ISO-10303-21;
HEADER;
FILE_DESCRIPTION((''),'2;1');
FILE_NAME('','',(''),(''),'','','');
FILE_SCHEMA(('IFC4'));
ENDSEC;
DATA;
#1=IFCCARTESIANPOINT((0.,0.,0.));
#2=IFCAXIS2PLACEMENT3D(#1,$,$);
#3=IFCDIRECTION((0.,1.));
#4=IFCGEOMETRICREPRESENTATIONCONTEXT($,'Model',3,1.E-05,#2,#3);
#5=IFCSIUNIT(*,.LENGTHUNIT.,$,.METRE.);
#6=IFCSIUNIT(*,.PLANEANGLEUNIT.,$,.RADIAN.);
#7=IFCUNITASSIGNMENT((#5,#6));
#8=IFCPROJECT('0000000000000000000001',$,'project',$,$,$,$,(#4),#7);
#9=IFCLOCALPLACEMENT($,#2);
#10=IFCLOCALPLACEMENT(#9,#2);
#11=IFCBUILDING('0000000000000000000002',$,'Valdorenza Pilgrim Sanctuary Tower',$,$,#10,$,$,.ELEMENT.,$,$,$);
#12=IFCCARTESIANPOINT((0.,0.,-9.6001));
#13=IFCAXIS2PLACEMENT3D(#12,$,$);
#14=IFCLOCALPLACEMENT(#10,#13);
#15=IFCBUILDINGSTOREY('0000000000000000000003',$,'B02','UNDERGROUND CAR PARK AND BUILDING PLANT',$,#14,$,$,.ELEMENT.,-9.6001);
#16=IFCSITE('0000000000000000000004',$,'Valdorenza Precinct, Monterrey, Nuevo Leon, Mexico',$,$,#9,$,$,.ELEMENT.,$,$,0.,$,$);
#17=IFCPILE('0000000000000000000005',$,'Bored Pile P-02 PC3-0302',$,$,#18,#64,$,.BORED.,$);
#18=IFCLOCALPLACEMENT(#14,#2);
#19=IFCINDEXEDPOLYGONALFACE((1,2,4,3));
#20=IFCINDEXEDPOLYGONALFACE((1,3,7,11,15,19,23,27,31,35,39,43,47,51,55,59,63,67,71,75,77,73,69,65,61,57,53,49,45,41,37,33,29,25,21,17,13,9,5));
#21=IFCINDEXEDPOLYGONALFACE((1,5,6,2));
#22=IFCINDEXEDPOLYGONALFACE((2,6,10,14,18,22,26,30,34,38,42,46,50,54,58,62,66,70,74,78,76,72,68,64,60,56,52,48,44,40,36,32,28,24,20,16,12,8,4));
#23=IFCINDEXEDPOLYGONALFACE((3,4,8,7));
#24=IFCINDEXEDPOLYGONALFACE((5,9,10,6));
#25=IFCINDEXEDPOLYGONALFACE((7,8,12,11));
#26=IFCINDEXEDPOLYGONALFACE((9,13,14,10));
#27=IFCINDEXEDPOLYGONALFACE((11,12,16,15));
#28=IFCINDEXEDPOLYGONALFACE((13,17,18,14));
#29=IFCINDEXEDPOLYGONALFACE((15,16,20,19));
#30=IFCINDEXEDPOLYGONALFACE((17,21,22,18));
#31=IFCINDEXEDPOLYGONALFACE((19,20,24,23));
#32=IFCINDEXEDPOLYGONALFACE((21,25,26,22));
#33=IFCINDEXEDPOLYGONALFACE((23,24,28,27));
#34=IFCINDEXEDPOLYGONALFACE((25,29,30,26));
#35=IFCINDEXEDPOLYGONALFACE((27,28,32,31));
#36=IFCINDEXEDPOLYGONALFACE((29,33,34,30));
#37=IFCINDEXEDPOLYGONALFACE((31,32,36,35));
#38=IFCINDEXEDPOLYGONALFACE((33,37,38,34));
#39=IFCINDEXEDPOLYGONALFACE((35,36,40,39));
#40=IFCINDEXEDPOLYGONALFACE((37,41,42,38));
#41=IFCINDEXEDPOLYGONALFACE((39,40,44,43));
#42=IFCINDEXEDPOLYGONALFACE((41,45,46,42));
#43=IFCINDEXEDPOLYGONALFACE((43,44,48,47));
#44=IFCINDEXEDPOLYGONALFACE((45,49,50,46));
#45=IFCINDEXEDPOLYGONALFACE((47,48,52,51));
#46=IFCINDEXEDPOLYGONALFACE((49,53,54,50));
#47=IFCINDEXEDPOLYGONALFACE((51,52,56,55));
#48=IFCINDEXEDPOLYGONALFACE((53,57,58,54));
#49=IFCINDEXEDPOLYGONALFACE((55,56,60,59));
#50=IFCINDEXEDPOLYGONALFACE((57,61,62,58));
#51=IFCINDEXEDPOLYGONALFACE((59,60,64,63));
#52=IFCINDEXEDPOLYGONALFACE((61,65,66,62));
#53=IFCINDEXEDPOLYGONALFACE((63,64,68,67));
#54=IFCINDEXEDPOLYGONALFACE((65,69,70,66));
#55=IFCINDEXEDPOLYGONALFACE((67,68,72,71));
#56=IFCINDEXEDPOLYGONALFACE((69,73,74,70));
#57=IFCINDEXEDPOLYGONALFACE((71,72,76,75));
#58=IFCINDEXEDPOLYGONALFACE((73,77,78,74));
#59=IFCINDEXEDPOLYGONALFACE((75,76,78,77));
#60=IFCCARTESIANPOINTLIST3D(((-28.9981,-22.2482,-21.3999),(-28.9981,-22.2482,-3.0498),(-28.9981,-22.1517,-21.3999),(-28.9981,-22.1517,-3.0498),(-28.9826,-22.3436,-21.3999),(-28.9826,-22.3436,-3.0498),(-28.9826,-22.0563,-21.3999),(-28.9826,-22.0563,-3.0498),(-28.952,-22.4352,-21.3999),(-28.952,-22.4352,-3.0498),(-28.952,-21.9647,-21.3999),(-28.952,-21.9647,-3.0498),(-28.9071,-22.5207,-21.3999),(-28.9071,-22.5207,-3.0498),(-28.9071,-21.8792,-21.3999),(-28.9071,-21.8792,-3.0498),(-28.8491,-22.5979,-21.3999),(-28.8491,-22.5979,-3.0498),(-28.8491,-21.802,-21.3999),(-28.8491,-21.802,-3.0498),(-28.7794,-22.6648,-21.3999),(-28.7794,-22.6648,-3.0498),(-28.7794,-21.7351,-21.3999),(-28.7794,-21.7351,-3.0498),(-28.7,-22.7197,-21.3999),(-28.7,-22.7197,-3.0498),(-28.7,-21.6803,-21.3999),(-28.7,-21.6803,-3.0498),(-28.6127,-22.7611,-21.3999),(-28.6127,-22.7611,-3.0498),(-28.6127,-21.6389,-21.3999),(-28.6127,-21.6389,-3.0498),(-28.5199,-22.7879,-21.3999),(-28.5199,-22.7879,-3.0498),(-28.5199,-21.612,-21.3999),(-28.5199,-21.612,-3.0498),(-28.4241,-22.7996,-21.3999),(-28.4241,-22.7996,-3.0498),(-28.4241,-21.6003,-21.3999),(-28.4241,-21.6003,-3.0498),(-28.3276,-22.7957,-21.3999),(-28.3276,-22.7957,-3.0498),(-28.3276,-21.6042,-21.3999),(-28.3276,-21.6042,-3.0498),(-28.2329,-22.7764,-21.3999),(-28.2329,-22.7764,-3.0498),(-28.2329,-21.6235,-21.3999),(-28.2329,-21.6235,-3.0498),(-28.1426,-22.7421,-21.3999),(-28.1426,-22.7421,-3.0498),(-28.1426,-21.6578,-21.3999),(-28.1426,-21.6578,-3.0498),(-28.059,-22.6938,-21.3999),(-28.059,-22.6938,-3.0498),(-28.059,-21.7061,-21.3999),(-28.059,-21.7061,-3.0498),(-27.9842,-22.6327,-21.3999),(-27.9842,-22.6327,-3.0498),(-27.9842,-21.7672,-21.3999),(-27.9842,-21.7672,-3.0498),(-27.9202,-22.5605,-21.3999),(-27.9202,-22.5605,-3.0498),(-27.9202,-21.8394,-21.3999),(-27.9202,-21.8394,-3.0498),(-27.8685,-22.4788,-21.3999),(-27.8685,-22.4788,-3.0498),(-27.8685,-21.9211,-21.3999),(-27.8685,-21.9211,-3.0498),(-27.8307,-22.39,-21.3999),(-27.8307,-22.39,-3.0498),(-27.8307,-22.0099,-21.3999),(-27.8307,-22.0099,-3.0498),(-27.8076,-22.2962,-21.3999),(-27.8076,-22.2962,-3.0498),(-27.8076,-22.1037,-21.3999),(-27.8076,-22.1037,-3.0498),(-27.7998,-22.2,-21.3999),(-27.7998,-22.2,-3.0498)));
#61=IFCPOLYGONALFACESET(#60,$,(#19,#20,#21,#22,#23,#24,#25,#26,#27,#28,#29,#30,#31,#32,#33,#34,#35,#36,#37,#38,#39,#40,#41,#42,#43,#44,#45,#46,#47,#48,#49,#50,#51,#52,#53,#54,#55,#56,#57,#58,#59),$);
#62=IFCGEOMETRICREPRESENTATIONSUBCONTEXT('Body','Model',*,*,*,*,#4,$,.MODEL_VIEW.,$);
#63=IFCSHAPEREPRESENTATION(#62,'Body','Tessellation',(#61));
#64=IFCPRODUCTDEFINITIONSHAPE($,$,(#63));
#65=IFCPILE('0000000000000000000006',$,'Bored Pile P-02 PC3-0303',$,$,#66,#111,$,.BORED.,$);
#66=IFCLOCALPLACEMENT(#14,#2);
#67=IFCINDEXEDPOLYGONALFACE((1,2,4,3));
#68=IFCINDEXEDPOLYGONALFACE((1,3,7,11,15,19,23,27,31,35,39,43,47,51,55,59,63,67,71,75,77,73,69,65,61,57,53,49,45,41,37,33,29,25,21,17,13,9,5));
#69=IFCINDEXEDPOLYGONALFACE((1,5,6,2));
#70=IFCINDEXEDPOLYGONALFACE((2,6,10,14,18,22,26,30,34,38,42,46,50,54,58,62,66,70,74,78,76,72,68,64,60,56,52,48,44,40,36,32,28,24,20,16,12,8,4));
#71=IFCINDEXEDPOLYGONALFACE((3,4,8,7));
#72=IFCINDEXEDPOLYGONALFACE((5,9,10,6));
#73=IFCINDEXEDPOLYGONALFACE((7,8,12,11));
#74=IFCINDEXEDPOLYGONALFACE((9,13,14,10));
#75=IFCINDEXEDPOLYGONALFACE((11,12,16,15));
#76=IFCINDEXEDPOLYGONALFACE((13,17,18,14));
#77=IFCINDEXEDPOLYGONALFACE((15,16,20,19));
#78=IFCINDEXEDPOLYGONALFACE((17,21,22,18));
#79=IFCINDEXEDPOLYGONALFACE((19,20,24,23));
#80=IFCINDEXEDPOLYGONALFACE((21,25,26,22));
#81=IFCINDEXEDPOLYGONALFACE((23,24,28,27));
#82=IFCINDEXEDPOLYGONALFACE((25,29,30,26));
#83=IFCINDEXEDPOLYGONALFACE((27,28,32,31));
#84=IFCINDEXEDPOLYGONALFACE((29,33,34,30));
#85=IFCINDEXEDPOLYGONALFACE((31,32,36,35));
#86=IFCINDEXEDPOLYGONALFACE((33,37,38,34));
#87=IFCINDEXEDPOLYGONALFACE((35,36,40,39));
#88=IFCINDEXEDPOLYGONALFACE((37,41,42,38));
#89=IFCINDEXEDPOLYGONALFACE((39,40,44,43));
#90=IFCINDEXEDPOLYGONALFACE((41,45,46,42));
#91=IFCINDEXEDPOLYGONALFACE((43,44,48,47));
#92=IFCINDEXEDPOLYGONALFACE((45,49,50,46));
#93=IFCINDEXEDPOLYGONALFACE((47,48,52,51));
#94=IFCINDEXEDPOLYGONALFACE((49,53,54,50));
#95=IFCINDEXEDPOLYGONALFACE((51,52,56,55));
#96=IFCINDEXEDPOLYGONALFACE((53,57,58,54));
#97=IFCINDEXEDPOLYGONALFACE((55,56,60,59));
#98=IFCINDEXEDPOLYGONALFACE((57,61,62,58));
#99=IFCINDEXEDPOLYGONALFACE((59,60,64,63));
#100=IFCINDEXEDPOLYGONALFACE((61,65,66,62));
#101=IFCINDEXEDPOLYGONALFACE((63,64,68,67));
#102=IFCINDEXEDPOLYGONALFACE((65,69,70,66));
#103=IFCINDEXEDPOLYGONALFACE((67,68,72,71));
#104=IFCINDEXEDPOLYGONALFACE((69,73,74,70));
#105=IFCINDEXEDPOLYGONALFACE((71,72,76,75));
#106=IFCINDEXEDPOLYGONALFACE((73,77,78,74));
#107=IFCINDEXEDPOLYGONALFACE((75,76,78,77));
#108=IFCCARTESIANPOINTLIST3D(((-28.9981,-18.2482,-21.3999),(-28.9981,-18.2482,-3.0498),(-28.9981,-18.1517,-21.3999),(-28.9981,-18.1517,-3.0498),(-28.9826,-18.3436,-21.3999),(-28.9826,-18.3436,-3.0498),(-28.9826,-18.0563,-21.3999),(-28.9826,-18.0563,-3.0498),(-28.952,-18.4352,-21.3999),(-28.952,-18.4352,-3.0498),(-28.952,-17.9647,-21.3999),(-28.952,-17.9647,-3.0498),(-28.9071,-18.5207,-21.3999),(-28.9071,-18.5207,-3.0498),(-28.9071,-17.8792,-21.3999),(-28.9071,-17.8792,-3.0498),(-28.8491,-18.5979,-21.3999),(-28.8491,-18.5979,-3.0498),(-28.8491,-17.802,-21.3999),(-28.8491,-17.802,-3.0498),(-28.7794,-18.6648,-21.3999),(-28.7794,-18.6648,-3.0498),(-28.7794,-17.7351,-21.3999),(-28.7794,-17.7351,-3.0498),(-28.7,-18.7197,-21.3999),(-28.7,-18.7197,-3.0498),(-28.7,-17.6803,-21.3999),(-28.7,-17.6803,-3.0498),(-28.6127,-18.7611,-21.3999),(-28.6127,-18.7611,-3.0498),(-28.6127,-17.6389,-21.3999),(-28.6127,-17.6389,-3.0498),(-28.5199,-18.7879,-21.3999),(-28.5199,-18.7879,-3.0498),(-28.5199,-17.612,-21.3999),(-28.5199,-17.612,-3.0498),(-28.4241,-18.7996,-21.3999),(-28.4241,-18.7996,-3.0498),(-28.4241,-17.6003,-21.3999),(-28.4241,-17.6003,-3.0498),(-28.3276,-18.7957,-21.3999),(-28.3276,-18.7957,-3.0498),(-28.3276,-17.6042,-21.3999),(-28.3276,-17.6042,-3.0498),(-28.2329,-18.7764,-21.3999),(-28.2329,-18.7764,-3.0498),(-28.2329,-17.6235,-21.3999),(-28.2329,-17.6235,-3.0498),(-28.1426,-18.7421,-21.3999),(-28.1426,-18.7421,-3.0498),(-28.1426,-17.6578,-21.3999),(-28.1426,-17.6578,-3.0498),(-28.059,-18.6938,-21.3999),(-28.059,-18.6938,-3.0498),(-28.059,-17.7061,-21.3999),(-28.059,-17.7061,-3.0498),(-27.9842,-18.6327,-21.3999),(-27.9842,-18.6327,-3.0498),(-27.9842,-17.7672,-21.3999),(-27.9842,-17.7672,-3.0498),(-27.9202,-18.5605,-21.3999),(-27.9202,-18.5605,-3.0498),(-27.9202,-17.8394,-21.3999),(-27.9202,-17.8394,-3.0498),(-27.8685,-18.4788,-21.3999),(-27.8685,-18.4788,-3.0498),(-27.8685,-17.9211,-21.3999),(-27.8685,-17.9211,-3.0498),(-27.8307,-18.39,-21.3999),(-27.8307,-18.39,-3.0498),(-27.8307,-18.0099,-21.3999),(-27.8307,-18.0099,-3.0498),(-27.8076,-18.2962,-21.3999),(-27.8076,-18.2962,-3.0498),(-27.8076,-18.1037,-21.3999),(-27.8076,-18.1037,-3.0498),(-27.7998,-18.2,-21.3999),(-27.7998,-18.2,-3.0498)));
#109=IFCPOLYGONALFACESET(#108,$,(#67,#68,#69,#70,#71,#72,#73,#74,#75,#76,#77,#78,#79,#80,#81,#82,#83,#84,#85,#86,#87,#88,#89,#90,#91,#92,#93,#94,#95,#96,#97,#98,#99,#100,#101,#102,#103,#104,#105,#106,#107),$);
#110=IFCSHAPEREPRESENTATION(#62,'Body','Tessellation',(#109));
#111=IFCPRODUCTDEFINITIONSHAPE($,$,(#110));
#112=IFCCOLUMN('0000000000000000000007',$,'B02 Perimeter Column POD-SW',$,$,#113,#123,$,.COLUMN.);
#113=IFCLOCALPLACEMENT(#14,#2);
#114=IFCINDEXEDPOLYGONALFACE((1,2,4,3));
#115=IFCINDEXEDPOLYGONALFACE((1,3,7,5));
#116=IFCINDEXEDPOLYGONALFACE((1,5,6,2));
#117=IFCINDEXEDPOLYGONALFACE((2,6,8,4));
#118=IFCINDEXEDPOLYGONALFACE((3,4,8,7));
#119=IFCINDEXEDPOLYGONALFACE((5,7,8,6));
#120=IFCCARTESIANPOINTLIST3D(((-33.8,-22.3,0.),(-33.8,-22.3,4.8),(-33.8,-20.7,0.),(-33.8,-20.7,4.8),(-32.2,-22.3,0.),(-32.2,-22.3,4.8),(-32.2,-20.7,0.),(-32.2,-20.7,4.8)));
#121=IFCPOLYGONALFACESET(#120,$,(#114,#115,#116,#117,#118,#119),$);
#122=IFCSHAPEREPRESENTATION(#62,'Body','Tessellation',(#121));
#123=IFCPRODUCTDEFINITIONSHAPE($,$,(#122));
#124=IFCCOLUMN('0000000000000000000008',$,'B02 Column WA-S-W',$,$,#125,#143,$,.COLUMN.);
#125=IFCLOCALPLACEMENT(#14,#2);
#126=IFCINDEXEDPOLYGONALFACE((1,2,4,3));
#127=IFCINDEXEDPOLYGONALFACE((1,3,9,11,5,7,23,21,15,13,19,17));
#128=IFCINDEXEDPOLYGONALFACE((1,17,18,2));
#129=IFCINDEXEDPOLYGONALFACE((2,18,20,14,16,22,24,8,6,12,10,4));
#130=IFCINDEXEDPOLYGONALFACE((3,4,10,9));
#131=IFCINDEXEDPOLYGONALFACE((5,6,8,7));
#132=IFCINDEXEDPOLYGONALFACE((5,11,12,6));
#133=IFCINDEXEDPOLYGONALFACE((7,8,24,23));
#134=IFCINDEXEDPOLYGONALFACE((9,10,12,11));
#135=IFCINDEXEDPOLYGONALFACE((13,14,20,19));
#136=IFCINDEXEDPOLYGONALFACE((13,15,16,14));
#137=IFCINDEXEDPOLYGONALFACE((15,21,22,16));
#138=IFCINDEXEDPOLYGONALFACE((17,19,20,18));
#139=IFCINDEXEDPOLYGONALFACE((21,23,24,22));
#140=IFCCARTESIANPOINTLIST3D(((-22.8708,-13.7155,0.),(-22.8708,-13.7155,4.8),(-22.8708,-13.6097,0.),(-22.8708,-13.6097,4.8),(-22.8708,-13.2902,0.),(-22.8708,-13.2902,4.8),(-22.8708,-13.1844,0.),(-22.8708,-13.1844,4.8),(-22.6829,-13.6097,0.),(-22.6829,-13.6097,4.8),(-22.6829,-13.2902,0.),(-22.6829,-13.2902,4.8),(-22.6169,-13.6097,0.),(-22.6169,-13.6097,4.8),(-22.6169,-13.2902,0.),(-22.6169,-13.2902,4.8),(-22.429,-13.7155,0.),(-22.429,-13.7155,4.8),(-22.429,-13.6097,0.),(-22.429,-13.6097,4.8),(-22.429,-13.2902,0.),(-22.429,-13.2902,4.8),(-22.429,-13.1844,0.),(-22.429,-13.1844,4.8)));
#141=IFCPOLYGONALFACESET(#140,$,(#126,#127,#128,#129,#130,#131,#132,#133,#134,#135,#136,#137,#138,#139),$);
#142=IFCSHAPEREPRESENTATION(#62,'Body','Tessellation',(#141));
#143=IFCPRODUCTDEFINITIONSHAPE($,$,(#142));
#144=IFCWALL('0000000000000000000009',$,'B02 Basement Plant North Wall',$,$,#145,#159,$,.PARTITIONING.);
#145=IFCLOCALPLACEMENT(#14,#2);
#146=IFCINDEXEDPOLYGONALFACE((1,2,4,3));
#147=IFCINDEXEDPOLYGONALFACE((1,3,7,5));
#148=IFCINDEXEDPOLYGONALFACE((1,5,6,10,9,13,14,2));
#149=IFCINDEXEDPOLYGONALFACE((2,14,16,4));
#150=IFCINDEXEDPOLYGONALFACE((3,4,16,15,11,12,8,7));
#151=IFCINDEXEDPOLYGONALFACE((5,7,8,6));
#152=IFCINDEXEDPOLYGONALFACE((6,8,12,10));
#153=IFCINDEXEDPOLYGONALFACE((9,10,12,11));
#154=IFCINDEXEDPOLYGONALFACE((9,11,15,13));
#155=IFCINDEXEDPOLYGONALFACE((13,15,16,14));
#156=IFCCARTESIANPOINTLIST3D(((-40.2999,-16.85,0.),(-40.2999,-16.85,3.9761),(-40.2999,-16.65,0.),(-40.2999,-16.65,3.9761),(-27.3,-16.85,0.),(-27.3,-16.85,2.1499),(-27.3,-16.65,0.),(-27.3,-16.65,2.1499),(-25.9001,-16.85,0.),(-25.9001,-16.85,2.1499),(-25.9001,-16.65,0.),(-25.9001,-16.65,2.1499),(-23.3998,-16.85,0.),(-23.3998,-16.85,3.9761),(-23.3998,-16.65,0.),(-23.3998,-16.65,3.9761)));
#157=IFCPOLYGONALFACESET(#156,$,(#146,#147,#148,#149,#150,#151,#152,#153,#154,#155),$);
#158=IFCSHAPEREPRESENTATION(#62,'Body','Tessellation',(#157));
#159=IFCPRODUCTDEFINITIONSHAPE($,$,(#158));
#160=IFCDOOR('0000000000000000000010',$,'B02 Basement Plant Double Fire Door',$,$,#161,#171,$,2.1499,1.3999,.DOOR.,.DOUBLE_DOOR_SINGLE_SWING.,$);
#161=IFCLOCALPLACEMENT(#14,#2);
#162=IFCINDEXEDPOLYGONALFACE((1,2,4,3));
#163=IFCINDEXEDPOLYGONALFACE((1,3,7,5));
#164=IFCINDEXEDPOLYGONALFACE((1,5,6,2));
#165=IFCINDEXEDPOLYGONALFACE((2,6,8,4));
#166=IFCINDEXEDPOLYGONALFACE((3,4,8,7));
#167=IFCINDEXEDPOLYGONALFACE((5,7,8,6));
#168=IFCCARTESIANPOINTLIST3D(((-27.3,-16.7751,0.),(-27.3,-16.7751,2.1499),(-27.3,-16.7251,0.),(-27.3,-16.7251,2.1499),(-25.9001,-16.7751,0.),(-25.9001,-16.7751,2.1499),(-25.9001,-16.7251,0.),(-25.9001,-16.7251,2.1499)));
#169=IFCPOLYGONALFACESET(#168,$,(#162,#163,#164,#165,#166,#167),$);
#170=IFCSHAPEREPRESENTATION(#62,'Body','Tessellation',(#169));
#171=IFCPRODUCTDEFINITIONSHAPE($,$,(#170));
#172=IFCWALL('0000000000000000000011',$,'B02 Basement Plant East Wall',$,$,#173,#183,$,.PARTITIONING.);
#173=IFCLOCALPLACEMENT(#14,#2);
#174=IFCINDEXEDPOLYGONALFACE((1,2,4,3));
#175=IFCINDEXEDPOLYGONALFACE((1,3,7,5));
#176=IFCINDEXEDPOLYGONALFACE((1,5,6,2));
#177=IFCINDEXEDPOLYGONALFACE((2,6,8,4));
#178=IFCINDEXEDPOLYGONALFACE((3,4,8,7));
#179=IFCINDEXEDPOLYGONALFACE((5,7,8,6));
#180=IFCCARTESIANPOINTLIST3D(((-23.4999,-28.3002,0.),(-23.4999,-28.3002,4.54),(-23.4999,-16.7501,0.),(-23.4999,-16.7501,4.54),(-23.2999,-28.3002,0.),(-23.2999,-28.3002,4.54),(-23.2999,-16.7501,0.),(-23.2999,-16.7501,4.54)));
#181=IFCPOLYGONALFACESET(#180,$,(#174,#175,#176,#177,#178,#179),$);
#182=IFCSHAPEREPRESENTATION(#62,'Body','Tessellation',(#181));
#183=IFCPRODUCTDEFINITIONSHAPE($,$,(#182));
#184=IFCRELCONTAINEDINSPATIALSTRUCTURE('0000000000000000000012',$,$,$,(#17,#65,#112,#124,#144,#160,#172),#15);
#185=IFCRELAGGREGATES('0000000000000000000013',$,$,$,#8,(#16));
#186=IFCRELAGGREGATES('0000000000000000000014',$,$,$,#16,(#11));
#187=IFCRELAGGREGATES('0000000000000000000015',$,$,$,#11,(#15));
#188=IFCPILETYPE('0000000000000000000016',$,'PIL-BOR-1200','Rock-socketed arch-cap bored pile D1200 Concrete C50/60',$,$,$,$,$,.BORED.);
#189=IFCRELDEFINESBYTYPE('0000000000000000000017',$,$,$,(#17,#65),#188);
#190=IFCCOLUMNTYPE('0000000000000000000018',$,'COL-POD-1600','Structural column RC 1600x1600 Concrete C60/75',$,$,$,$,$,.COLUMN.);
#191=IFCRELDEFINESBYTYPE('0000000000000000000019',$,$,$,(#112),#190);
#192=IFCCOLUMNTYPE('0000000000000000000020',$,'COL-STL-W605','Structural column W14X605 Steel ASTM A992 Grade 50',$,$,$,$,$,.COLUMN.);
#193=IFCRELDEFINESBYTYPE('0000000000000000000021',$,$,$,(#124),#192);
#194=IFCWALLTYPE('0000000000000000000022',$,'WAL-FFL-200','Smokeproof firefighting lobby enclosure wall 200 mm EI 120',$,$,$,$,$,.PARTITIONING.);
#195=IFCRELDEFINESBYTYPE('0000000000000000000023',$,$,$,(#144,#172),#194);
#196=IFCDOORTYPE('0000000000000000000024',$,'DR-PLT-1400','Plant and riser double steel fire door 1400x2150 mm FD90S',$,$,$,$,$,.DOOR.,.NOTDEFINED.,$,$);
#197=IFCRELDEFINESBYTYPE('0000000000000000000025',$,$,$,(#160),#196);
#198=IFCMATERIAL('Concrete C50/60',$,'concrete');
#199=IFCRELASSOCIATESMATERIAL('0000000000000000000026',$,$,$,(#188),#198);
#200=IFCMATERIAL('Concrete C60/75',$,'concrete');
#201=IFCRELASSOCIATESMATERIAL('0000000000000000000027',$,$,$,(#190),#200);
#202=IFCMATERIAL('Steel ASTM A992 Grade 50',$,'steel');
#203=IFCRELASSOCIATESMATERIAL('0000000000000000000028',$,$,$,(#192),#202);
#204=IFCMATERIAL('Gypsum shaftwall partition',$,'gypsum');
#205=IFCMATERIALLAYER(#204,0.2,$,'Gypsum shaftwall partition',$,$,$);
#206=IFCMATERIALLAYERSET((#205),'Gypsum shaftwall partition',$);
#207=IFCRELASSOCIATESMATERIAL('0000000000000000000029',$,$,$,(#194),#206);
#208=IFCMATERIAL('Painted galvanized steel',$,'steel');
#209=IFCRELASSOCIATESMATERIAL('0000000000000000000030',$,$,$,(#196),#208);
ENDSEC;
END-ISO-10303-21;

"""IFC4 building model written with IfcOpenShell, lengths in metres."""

from ifc_helpers import new_model, si_unit, direction, frame, frame_2d, origin, origin_2d, place, context, subcontext, project, spatial, rectangle, circle, i_section, extrude, source, transform, mapped, material, layer, layer_set, material_profile, profile_set, type_object, element, fill, save


model = new_model("IFC4")

# Units and contexts
model_context = context("Model", 3, precision=1e-05, world=origin(), true_north=direction((0.0, 1.0)))
body_context = subcontext(model_context, "Body", "Model", "MODEL_VIEW")
ifc_project = project(units=[si_unit("LENGTHUNIT", "METRE"), si_unit("PLANEANGLEUNIT", "RADIAN")], contexts=[model_context])

# Site, building, storey
site_placement = place(None, origin())
site = spatial("IfcSite", under=ifc_project, at=site_placement, Name="Valdorenza Precinct, Monterrey, Nuevo Leon, Mexico", CompositionType="ELEMENT", RefElevation=0.0)
building_placement = place(site_placement, origin())
building = spatial("IfcBuilding", under=site, at=building_placement, Name="Valdorenza Pilgrim Sanctuary Tower", CompositionType="ELEMENT")
storey_placement = place(building_placement, frame((0.0, 0.0, -9.6001)))
storey = spatial("IfcBuildingStorey", under=building, at=storey_placement, Name="B02", Description="UNDERGROUND CAR PARK AND BUILDING PLANT", CompositionType="ELEMENT", Elevation=-9.6001)

# Shared definitions
ifc_material_1 = material(Name="Concrete C50/60", Category="concrete")

# Piles
ifc_material_profile_1 = material_profile(ifc_material_1, circle(Radius=0.6001, at=origin_2d()), Name="BORED PILE 1200")
ifc_profile_set_1 = profile_set([ifc_material_profile_1], Name="Concrete C50/60")
pile_type_1 = type_object("IfcPileType", Name="PIL-BOR-1200", Description="Rock-socketed arch-cap bored pile D1200 Concrete C50/60", PredefinedType="BORED", material=ifc_profile_set_1)
shared_shape_1 = source(origin(), body_context, "Body", "SweptSolid", [
    extrude(circle(Radius=0.6001, at=origin_2d()), origin(), (0.0, 0.0, 1.0), 18.3501),
])
for number, where, z_axis, x_axis, name in (
    (1, (-28.3999, -22.2, -3.0498), (0.0, 0.0, -1.0), (1.0, 0.0, 0.0), "Bored Pile P-02 PC3-0302"),
    (2, (-28.3999, -18.2, -3.0498), (0.0, 0.0, -1.0), (1.0, 0.0, 0.0), "Bored Pile P-02 PC3-0303"),
):
    element("IfcPile", number, at=place(storey_placement, frame(where, z_axis=z_axis, x_axis=x_axis)), inside=storey, type_object=pile_type_1, Name=name, PredefinedType="BORED", context=body_context, shape_type="MappedRepresentation", body=[
        mapped(shared_shape_1, transform((0.0, 0.0, 0.0), x_axis=(1.0, 0.0, 0.0), y_axis=(0.0, 1.0, 0.0), z_axis=(0.0, 0.0, 1.0), scale=1.0)),
    ])

# Columns
ifc_material_2 = material(Name="Concrete C60/75", Category="concrete")
ifc_material_profile_2 = material_profile(ifc_material_2, rectangle(XDim=1.6001, YDim=1.6001, at=origin_2d()), Name="RC 1600x1600")
ifc_profile_set_2 = profile_set([ifc_material_profile_2], Name="Concrete C60/75")
column_type_1 = type_object("IfcColumnType", Name="COL-POD-1600", Description="Structural column RC 1600x1600 Concrete C60/75", PredefinedType="COLUMN", material=ifc_profile_set_2)
shared_shape_2 = source(origin(), body_context, "Body", "SweptSolid", [
    extrude(rectangle(XDim=1.6001, YDim=1.6001, at=origin_2d()), origin(), (0.0, 0.0, 1.0), 4.8),
])
column_1_placement = place(storey_placement, frame((-33.0, -21.5, 0.0), z_axis=(0.0, 0.0, 1.0), x_axis=(1.0, 0.0, 0.0)))
element("IfcColumn", 3, at=column_1_placement, inside=storey, type_object=column_type_1, Name="B02 Perimeter Column POD-SW", PredefinedType="COLUMN", context=body_context, shape_type="MappedRepresentation", body=[
    mapped(shared_shape_2, transform((0.0, 0.0, 0.0), x_axis=(1.0, 0.0, 0.0), y_axis=(0.0, 1.0, 0.0), z_axis=(0.0, 0.0, 1.0), scale=1.0)),
])
ifc_material_3 = material(Name="Steel ASTM A992 Grade 50", Category="steel")
ifc_material_profile_3 = material_profile(ifc_material_3, i_section(OverallWidth=0.4419, OverallDepth=0.531, WebThickness=0.0659, FlangeThickness=0.1057, at=origin_2d()), Name="W14X605")
ifc_profile_set_3 = profile_set([ifc_material_profile_3], Name="Steel ASTM A992 Grade 50")
column_type_2 = type_object("IfcColumnType", Name="COL-STL-W605", Description="Structural column W14X605 Steel ASTM A992 Grade 50", PredefinedType="COLUMN", material=ifc_profile_set_3)
shared_shape_3 = source(origin(), body_context, "Body", "SweptSolid", [
    extrude(i_section(OverallWidth=0.4419, OverallDepth=0.531, WebThickness=0.0659, FlangeThickness=0.1057, at=origin_2d()), origin(), (0.0, 0.0, 1.0), 4.8),
])
column_2_placement = place(storey_placement, frame((-22.6499, -13.45, 0.0), z_axis=(0.0, 0.0, 1.0), x_axis=(1.0, 0.0, 0.0)))
element("IfcColumn", 4, at=column_2_placement, inside=storey, type_object=column_type_2, Name="B02 Column WA-S-W", PredefinedType="COLUMN", context=body_context, shape_type="MappedRepresentation", body=[
    mapped(shared_shape_3, transform((0.0, 0.0, 0.0), x_axis=(1.0, 0.0, 0.0), y_axis=(0.0, 1.0, 0.0), z_axis=(0.0, 0.0, 1.0), scale=1.0)),
])

# Wall, opening, door
ifc_material_4 = material(Name="Gypsum shaftwall partition", Category="gypsum")
ifc_layer_1 = layer(ifc_material_4, 0.2, Name="Gypsum shaftwall partition")
ifc_layer_set_1 = layer_set([ifc_layer_1], Name="Gypsum shaftwall partition")
wall_type_1 = type_object("IfcWallType", Name="WAL-FFL-200", Description="Smokeproof firefighting lobby enclosure wall 200 mm EI 120", PredefinedType="PARTITIONING", material=ifc_layer_set_1)
wall_1_placement = place(storey_placement, frame((-40.3, -16.75, 0.0), z_axis=(0.0, 0.0, 1.0), x_axis=(1.0, 0.0, 0.0)))
wall_1 = element("IfcWall", 5, at=wall_1_placement, inside=storey, type_object=wall_type_1, Name="B02 Basement Plant North Wall", PredefinedType="PARTITIONING", context=body_context, shape_type="SweptSolid", body=[
    extrude(rectangle(XDim=16.9001, YDim=0.2, at=frame_2d((8.4502, 0.0))), origin(), (0.0, 0.0, 1.0), 3.9761),
])
opening_placement = place(wall_1_placement, frame((13.0, 0.0, 0.0)))
opening = element("IfcOpeningElement", 6, at=opening_placement, cuts=wall_1, PredefinedType="OPENING", context=body_context, shape_type="SweptSolid", body=[
    extrude(rectangle(XDim=1.3999, YDim=2.1499, at=frame_2d((0.7, 1.075))), frame((0.0, 0.1147, 0.0), z_axis=(0.0, -1.0, 0.0), x_axis=(1.0, 0.0, 0.0)), (0.0, 0.0, 1.0), 0.2297),
])
ifc_material_5 = material(Name="Painted galvanized steel", Category="steel")
door_type = type_object("IfcDoorType", Name="DR-PLT-1400", Description="Plant and riser double steel fire door 1400x2150 mm FD90S", OperationType="NOTDEFINED", PredefinedType="DOOR", material=ifc_material_5)
door_placement = place(opening_placement, origin())
door = element("IfcDoor", 7, at=door_placement, inside=storey, type_object=door_type, Name="B02 Basement Plant Double Fire Door", OperationType="DOUBLE_DOOR_SINGLE_SWING", OverallHeight=2.1499, OverallWidth=1.3999, PredefinedType="DOOR", context=body_context, shape_type="SweptSolid", body=[
    extrude(rectangle(XDim=1.3999, YDim=2.1499, at=frame_2d((0.7, 1.075))), frame((0.0, 0.0249, 0.0), z_axis=(0.0, -1.0, 0.0), x_axis=(1.0, 0.0, 0.0)), (0.0, 0.0, 1.0), 0.05),
])
fill(opening, door)

# Wall
wall_2_placement = place(storey_placement, frame((-23.3999, -28.3, 0.0), z_axis=(0.0, 0.0, 1.0), x_axis=(0.0, 1.0, 0.0)))
element("IfcWall", 8, at=wall_2_placement, inside=storey, type_object=wall_type_1, Name="B02 Basement Plant East Wall", PredefinedType="PARTITIONING", context=body_context, shape_type="SweptSolid", body=[
    extrude(rectangle(XDim=11.55, YDim=0.2, at=frame_2d((5.7749, 0.0))), origin(), (0.0, 0.0, 1.0), 4.54),
])

save(model, "model.ifc")
